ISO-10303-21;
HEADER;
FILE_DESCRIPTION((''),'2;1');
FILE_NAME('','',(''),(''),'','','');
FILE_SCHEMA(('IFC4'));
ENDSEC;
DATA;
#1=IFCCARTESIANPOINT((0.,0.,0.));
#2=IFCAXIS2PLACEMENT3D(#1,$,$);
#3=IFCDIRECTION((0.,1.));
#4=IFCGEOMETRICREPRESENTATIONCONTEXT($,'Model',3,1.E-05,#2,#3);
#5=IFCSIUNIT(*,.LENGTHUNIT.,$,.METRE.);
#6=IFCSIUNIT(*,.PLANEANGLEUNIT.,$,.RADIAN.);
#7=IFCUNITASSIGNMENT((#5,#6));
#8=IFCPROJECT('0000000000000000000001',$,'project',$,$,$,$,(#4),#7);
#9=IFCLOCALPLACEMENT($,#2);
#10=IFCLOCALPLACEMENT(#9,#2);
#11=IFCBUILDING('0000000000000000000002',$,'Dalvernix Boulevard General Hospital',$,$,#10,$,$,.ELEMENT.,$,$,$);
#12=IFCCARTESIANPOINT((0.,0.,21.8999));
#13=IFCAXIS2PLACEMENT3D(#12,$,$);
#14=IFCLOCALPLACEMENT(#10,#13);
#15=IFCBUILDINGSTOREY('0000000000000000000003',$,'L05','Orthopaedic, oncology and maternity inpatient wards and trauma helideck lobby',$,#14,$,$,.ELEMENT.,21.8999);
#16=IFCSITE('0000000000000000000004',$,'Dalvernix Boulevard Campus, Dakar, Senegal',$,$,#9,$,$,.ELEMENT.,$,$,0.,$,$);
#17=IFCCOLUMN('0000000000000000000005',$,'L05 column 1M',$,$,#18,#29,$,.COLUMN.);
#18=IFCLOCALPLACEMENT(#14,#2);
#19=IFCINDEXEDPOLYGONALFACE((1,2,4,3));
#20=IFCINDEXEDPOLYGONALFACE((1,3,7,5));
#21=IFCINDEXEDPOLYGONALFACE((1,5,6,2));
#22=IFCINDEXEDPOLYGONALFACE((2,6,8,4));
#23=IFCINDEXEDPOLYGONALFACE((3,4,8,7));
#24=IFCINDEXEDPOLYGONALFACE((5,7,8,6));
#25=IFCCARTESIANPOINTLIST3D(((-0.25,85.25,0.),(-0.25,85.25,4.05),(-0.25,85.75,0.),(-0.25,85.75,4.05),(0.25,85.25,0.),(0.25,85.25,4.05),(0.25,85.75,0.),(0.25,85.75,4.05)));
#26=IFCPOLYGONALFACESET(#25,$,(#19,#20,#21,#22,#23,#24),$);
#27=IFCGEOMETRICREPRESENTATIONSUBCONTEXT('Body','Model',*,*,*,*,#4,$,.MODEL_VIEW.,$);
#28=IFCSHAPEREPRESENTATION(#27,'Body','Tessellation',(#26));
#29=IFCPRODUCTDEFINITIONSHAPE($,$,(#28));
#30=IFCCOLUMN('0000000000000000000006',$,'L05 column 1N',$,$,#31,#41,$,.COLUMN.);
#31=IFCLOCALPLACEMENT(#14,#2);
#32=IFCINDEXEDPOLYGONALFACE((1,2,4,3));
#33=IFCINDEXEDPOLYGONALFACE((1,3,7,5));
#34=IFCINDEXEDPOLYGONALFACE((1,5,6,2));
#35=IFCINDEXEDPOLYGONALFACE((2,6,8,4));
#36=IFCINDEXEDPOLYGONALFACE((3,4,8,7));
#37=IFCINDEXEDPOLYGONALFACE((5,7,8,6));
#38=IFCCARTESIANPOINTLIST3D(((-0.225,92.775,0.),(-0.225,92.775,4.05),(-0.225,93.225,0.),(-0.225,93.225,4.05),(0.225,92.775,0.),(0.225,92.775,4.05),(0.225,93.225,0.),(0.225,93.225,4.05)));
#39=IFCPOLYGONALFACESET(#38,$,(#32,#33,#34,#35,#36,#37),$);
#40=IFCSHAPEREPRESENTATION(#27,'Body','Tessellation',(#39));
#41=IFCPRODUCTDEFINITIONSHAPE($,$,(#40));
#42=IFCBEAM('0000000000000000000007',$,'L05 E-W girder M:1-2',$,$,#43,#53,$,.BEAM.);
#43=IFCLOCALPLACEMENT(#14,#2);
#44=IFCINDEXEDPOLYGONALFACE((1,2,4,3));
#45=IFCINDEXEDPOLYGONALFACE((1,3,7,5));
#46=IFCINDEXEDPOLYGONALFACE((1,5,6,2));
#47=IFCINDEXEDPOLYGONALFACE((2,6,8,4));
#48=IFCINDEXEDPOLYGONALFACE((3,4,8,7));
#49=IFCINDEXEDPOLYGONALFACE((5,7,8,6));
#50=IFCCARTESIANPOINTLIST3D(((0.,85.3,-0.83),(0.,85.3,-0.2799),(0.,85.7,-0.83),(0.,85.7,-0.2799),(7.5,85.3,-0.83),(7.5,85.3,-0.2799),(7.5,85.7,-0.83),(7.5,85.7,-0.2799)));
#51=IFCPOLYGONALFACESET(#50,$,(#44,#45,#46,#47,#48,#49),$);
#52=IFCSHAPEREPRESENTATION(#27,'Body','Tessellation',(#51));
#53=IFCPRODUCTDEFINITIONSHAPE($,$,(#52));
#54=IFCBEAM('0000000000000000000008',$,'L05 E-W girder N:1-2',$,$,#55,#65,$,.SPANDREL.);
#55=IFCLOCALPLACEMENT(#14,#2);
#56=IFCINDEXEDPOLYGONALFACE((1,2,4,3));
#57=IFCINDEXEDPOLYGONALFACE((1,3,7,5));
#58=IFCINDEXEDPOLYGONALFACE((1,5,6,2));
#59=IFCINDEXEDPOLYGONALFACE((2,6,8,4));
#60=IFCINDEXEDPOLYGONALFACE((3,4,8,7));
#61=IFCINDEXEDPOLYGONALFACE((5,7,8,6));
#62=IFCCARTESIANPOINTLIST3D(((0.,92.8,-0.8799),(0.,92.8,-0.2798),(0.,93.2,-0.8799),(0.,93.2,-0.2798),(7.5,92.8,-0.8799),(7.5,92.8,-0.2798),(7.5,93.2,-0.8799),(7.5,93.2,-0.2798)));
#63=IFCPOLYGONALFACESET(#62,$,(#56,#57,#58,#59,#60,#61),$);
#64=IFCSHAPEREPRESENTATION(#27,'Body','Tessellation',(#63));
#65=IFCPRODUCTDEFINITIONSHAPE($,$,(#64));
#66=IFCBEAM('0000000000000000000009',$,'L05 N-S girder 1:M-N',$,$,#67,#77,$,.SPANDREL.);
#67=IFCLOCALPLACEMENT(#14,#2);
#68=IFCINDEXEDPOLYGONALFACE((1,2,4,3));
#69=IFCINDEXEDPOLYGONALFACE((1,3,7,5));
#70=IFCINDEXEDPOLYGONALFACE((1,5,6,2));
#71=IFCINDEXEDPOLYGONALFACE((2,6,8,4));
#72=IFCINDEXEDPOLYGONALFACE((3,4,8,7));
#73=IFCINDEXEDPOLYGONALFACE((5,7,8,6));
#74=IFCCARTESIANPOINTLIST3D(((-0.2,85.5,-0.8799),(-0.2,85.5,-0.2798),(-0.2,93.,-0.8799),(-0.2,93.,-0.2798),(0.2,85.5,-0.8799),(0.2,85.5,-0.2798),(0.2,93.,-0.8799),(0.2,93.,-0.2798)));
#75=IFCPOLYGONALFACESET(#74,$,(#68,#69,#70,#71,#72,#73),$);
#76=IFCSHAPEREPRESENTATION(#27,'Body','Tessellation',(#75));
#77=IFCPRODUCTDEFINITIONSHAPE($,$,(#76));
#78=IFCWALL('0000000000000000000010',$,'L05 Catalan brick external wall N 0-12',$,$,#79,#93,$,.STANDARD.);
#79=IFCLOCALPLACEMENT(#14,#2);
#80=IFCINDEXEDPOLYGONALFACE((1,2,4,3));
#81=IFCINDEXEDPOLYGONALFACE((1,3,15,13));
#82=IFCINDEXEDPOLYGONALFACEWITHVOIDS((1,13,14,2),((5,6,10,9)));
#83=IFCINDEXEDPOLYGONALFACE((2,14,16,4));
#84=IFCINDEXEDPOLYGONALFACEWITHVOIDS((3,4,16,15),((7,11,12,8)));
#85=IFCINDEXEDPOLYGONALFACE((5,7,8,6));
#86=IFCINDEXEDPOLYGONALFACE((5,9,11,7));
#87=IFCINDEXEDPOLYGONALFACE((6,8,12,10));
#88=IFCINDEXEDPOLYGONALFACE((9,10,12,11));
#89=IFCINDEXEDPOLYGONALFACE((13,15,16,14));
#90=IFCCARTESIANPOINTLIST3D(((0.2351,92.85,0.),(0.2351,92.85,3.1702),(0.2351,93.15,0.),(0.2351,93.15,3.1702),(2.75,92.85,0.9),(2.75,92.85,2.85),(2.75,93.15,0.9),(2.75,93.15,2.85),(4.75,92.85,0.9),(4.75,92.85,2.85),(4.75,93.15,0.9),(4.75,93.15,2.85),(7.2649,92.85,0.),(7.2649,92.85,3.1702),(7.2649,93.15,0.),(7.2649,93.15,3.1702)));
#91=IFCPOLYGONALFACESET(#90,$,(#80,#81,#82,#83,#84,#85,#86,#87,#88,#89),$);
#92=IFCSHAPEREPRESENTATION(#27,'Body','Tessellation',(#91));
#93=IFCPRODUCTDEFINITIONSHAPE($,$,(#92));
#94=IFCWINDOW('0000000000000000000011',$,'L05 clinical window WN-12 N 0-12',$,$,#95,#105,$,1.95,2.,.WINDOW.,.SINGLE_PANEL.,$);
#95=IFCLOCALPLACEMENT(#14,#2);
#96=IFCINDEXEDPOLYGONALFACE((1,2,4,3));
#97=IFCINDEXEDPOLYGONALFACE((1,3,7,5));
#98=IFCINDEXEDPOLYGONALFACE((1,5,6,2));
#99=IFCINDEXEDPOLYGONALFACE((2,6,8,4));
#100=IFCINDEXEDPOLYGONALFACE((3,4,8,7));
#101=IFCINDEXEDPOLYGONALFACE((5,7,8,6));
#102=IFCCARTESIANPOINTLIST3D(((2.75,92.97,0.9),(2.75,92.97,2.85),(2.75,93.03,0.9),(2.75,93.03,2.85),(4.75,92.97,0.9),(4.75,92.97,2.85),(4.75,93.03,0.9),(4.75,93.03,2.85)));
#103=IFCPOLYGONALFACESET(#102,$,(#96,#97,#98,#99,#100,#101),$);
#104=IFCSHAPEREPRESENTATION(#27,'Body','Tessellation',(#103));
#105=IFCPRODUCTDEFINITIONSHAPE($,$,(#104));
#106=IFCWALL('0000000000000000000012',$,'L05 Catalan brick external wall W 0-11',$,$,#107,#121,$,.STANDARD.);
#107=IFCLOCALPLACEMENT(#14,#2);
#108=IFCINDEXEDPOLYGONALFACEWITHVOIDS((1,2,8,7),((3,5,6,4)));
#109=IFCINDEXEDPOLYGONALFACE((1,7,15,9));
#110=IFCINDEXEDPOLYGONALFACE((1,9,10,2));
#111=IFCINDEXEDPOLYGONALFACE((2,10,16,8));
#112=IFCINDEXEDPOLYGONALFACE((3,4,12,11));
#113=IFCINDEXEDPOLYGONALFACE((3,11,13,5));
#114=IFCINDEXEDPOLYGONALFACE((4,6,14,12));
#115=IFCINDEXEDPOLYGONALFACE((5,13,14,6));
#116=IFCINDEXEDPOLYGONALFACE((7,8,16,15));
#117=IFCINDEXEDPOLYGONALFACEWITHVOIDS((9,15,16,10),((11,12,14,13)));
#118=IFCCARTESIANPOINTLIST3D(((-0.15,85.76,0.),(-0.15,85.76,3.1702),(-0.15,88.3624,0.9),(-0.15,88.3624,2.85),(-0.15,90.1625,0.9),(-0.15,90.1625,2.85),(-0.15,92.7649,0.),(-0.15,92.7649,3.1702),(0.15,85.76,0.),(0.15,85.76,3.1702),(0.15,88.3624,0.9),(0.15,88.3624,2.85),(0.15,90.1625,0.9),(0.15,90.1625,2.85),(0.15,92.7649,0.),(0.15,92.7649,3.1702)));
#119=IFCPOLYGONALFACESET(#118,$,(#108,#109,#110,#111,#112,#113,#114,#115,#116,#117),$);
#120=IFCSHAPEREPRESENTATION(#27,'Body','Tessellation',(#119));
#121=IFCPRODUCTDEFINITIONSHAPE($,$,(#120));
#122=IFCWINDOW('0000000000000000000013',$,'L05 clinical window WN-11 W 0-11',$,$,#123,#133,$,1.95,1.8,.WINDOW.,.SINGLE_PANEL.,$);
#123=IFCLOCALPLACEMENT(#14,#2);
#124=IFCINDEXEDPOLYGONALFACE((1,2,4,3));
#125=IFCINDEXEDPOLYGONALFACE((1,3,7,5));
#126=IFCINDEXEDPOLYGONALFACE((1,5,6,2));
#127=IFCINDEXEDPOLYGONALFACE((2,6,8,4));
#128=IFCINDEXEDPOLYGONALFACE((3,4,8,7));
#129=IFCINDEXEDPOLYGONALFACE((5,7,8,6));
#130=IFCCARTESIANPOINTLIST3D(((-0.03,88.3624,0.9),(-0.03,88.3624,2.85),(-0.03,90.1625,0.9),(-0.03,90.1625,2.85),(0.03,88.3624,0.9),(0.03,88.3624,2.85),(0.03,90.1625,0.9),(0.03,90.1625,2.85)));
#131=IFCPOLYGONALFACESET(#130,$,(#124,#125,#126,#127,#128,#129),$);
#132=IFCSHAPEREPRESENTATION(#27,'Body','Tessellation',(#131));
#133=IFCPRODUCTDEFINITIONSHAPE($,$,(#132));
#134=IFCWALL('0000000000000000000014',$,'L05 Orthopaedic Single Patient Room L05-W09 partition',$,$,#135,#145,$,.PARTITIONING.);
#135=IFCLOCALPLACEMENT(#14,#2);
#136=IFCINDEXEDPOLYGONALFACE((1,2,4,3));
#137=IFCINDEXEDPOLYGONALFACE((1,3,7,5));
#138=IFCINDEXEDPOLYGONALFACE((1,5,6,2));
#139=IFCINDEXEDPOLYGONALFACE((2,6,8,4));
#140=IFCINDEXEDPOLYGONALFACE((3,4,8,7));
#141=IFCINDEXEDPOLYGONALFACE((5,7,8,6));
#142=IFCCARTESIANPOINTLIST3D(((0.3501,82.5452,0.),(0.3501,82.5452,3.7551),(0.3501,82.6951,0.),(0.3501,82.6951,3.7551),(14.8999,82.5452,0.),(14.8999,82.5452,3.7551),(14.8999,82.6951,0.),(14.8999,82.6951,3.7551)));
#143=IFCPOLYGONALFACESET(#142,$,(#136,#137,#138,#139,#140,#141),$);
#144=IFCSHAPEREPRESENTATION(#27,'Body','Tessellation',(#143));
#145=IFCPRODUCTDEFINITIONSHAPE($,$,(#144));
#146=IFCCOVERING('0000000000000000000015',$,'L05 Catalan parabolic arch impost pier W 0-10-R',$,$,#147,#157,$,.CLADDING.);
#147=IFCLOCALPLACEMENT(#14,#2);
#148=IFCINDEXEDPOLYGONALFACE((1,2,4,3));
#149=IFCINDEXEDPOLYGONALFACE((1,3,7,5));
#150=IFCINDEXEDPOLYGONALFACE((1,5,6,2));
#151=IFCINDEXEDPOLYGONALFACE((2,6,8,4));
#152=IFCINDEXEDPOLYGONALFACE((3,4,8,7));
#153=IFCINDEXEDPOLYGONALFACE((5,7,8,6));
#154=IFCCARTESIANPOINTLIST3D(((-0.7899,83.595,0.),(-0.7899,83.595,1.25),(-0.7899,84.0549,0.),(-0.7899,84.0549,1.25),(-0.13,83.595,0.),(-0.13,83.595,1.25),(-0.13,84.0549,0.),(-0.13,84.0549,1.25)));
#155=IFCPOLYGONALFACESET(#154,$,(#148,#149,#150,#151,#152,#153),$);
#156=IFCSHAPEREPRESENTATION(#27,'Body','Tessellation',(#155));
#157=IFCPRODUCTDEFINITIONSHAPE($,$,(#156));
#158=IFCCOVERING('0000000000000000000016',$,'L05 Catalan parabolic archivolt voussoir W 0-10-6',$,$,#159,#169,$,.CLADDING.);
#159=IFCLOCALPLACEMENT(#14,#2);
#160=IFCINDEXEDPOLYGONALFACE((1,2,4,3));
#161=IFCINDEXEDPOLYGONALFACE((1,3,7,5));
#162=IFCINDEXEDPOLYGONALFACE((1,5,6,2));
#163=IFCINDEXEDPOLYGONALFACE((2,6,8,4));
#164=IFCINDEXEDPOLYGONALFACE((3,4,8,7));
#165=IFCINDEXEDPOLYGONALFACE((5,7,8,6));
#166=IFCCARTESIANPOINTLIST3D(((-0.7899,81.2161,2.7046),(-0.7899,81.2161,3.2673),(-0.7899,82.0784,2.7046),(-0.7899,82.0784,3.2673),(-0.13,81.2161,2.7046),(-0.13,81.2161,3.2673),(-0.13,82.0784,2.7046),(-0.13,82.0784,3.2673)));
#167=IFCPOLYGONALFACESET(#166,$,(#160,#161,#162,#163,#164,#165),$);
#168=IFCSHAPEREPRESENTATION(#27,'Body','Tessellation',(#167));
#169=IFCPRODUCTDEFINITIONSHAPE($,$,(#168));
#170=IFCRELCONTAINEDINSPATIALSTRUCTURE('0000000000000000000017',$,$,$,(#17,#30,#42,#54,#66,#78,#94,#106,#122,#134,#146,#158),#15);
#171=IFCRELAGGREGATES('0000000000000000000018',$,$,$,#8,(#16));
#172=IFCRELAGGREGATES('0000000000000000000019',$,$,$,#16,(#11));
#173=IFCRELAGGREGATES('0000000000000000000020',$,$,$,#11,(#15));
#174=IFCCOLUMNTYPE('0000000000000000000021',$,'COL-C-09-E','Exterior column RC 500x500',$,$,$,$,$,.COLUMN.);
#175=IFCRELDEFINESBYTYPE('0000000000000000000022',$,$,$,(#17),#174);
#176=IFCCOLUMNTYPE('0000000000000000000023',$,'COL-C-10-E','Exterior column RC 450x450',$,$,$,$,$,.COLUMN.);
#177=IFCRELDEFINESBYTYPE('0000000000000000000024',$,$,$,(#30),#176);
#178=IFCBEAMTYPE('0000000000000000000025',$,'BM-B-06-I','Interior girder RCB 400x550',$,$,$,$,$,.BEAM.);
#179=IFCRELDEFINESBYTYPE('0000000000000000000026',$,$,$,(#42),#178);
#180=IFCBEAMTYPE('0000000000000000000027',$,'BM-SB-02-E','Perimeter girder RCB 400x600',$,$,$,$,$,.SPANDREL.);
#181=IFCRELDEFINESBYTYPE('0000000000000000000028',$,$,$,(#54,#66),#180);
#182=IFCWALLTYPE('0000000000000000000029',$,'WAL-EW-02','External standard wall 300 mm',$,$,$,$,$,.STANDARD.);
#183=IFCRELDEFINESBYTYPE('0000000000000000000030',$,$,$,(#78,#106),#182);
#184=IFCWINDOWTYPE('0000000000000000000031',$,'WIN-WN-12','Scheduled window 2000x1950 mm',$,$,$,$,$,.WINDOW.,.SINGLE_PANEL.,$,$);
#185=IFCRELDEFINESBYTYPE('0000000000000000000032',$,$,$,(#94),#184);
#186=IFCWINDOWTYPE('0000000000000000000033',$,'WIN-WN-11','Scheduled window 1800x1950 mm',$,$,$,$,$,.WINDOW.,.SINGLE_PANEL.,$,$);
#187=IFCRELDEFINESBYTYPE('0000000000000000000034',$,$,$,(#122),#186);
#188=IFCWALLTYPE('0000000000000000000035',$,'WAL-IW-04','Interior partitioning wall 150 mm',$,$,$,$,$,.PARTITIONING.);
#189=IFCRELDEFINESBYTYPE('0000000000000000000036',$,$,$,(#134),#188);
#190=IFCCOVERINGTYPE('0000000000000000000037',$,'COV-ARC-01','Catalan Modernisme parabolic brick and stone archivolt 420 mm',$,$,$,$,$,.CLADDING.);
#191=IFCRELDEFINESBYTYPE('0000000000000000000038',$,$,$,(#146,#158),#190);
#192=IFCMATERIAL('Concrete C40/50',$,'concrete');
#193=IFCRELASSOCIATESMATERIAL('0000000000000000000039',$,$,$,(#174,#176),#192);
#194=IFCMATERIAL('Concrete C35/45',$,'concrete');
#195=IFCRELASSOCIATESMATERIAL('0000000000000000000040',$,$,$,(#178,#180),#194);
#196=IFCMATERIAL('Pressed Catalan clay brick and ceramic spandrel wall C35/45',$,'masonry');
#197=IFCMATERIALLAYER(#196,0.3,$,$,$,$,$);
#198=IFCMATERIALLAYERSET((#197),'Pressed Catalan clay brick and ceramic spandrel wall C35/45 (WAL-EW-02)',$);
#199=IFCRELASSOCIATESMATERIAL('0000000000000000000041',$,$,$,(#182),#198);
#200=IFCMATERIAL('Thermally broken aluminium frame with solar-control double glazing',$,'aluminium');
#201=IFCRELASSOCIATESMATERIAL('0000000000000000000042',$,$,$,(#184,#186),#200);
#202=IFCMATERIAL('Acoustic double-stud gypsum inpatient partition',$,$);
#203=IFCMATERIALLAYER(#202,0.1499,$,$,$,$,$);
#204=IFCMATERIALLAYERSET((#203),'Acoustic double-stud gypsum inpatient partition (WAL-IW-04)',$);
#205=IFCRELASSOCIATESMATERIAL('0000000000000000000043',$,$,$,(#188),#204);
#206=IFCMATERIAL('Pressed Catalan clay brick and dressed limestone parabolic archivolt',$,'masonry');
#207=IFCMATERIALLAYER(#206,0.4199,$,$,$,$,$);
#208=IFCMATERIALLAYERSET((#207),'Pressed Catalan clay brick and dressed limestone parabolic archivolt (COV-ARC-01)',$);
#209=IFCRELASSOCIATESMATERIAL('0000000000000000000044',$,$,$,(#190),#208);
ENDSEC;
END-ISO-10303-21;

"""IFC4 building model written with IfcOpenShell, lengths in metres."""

from ifc_helpers import new_model, si_unit, direction, frame, frame_2d, origin, origin_2d, place, context, subcontext, project, spatial, rectangle, extrude, material, layer, layer_set, material_profile, profile_set, type_object, element, fill, save


model = new_model("IFC4")

# Units and contexts
model_context = context("Model", 3, precision=1e-05, world=origin(), true_north=direction((0.0, 1.0)))
body_context = subcontext(model_context, "Body", "Model", "MODEL_VIEW")
ifc_project = project(units=[si_unit("LENGTHUNIT", "METRE"), si_unit("PLANEANGLEUNIT", "RADIAN")], contexts=[model_context])

# Site, building, storey
site_placement = place(None, origin())
site = spatial("IfcSite", under=ifc_project, at=site_placement, Name="Dalvernix Boulevard Campus, Dakar, Senegal", CompositionType="ELEMENT", RefElevation=0.0)
building_placement = place(site_placement, origin())
building = spatial("IfcBuilding", under=site, at=building_placement, Name="Dalvernix Boulevard General Hospital", CompositionType="ELEMENT")
storey_placement = place(building_placement, frame((0.0, 0.0, 21.8999)))
storey = spatial("IfcBuildingStorey", under=building, at=storey_placement, Name="L05", Description="Orthopaedic, oncology and maternity inpatient wards and trauma helideck lobby", CompositionType="ELEMENT", Elevation=21.8999)

# Columns
ifc_material_1 = material(Name="Concrete C40/50", Category="concrete")
ifc_material_profile_1 = material_profile(ifc_material_1, rectangle(XDim=0.5, YDim=0.5, at=origin_2d()), Name="RC 500x500")
ifc_profile_set_1 = profile_set([ifc_material_profile_1], Name="Concrete C40/50")
column_type_1 = type_object("IfcColumnType", Name="COL-C-09-E", Description="Exterior column RC 500x500", PredefinedType="COLUMN", material=ifc_profile_set_1)
column_1_placement = place(storey_placement, frame((0.0, 85.5, 0.0), z_axis=(0.0, 0.0, 1.0), x_axis=(1.0, 0.0, 0.0)))
element("IfcColumn", 1, at=column_1_placement, inside=storey, type_object=column_type_1, Name="L05 column 1M", PredefinedType="COLUMN", context=body_context, shape_type="SweptSolid", body=[
    extrude(rectangle(XDim=0.5, YDim=0.5, at=origin_2d()), origin(), (0.0, 0.0, 1.0), 4.05),
])
ifc_material_profile_2 = material_profile(ifc_material_1, rectangle(XDim=0.45, YDim=0.45, at=origin_2d()), Name="RC 450x450")
ifc_profile_set_2 = profile_set([ifc_material_profile_2], Name="Concrete C40/50")
column_type_2 = type_object("IfcColumnType", Name="COL-C-10-E", Description="Exterior column RC 450x450", PredefinedType="COLUMN", material=ifc_profile_set_2)
column_2_placement = place(storey_placement, frame((0.0, 93.0, 0.0), z_axis=(0.0, 0.0, 1.0), x_axis=(1.0, 0.0, 0.0)))
element("IfcColumn", 2, at=column_2_placement, inside=storey, type_object=column_type_2, Name="L05 column 1N", PredefinedType="COLUMN", context=body_context, shape_type="SweptSolid", body=[
    extrude(rectangle(XDim=0.45, YDim=0.45, at=origin_2d()), origin(), (0.0, 0.0, 1.0), 4.05),
])

# Beams
ifc_material_2 = material(Name="Concrete C35/45", Category="concrete")
ifc_material_profile_3 = material_profile(ifc_material_2, rectangle(XDim=0.3999, YDim=0.55, at=origin_2d()), Name="RCB 400x550")
ifc_profile_set_3 = profile_set([ifc_material_profile_3], Name="Concrete C35/45")
beam_type_1 = type_object("IfcBeamType", Name="BM-B-06-I", Description="Interior girder RCB 400x550", PredefinedType="BEAM", material=ifc_profile_set_3)
beam_placement = place(storey_placement, frame((0.0, 85.5, -0.5549), z_axis=(1.0, 0.0, 0.0), x_axis=(0.0, 1.0, 0.0)))
element("IfcBeam", 3, at=beam_placement, inside=storey, type_object=beam_type_1, Name="L05 E-W girder M:1-2", PredefinedType="BEAM", context=body_context, shape_type="SweptSolid", body=[
    extrude(rectangle(XDim=0.3999, YDim=0.55, at=origin_2d()), origin(), (0.0, 0.0, 1.0), 7.5),
])
ifc_material_profile_4 = material_profile(ifc_material_2, rectangle(XDim=0.3999, YDim=0.6001, at=origin_2d()), Name="RCB 400x600")
ifc_profile_set_4 = profile_set([ifc_material_profile_4], Name="Concrete C35/45")
beam_type_2 = type_object("IfcBeamType", Name="BM-SB-02-E", Description="Perimeter girder RCB 400x600", PredefinedType="SPANDREL", material=ifc_profile_set_4)
for number, where, z_axis, x_axis, name in (
    (4, (0.0, 93.0, -0.5798), (1.0, 0.0, 0.0), (0.0, 1.0, 0.0), "L05 E-W girder N:1-2"),
    (5, (0.0, 85.5, -0.5798), (0.0, 1.0, 0.0), (-1.0, 0.0, 0.0), "L05 N-S girder 1:M-N"),
):
    element("IfcBeam", number, at=place(storey_placement, frame(where, z_axis=z_axis, x_axis=x_axis)), inside=storey, type_object=beam_type_2, Name=name, PredefinedType="SPANDREL", context=body_context, shape_type="SweptSolid", body=[
        extrude(rectangle(XDim=0.3999, YDim=0.6001, at=origin_2d()), origin(), (0.0, 0.0, 1.0), 7.5),
    ])

# Walls, openings, windows
ifc_material_3 = material(Name="Pressed Catalan clay brick and ceramic spandrel wall C35/45", Category="masonry")
ifc_layer_1 = layer(ifc_material_3, 0.3)
ifc_layer_set_1 = layer_set([ifc_layer_1], Name="Pressed Catalan clay brick and ceramic spandrel wall C35/45 (WAL-EW-02)")
wall_type_1 = type_object("IfcWallType", Name="WAL-EW-02", Description="External standard wall 300 mm", PredefinedType="STANDARD", material=ifc_layer_set_1)
wall_1_placement = place(storey_placement, frame((0.2351, 93.0, 0.0), z_axis=(0.0, 0.0, 1.0), x_axis=(1.0, 0.0, 0.0)))
wall_1 = element("IfcWall", 6, at=wall_1_placement, inside=storey, type_object=wall_type_1, Name="L05 Catalan brick external wall N 0-12", PredefinedType="STANDARD", context=body_context, shape_type="SweptSolid", body=[
    extrude(rectangle(XDim=7.0298, YDim=0.3, at=frame_2d((3.5149, 0.0))), origin(), (0.0, 0.0, 1.0), 3.1702),
])
opening_1_placement = place(wall_1_placement, frame((2.5149, 0.0, 0.8999)))
opening_1 = element("IfcOpeningElement", 7, at=opening_1_placement, cuts=wall_1, PredefinedType="OPENING", context=body_context, shape_type="SweptSolid", body=[
    extrude(rectangle(XDim=2.0, YDim=1.95, at=frame_2d((1.0, 0.9751))), frame((0.0, 0.1599, 0.0), z_axis=(0.0, -1.0, 0.0), x_axis=(1.0, 0.0, 0.0)), (0.0, 0.0, 1.0), 0.3201),
])
ifc_material_4 = material(Name="Thermally broken aluminium frame with solar-control double glazing", Category="aluminium")
window_type_1 = type_object("IfcWindowType", Name="WIN-WN-12", Description="Scheduled window 2000x1950 mm", PartitioningType="SINGLE_PANEL", PredefinedType="WINDOW", material=ifc_material_4)
window_1_placement = place(opening_1_placement, origin())
window_1 = element("IfcWindow", 8, at=window_1_placement, inside=storey, type_object=window_type_1, Name="L05 clinical window WN-12 N 0-12", OverallHeight=1.95, OverallWidth=2.0, PartitioningType="SINGLE_PANEL", PredefinedType="WINDOW", context=body_context, shape_type="SweptSolid", body=[
    extrude(rectangle(XDim=2.0, YDim=1.95, at=frame_2d((1.0, 0.9751))), frame((0.0, 0.03, 0.0), z_axis=(0.0, -1.0, 0.0), x_axis=(1.0, 0.0, 0.0)), (0.0, 0.0, 1.0), 0.0601),
])
fill(opening_1, window_1)
wall_2_placement = place(storey_placement, frame((0.0, 85.76, 0.0), z_axis=(0.0, 0.0, 1.0), x_axis=(0.0, 1.0, 0.0)))
wall_2 = element("IfcWall", 9, at=wall_2_placement, inside=storey, type_object=wall_type_1, Name="L05 Catalan brick external wall W 0-11", PredefinedType="STANDARD", context=body_context, shape_type="SweptSolid", body=[
    extrude(rectangle(XDim=7.0049, YDim=0.3, at=frame_2d((3.5024, 0.0))), origin(), (0.0, 0.0, 1.0), 3.1702),
])
opening_2_placement = place(wall_2_placement, frame((2.6025, 0.0, 0.8999)))
opening_2 = element("IfcOpeningElement", 10, at=opening_2_placement, cuts=wall_2, PredefinedType="OPENING", context=body_context, shape_type="SweptSolid", body=[
    extrude(rectangle(XDim=1.8, YDim=1.95, at=frame_2d((0.8999, 0.9751))), frame((0.0, 0.1599, 0.0), z_axis=(0.0, -1.0, 0.0), x_axis=(1.0, 0.0, 0.0)), (0.0, 0.0, 1.0), 0.3201),
])
window_type_2 = type_object("IfcWindowType", Name="WIN-WN-11", Description="Scheduled window 1800x1950 mm", PartitioningType="SINGLE_PANEL", PredefinedType="WINDOW", material=ifc_material_4)
window_2_placement = place(opening_2_placement, origin())
window_2 = element("IfcWindow", 11, at=window_2_placement, inside=storey, type_object=window_type_2, Name="L05 clinical window WN-11 W 0-11", OverallHeight=1.95, OverallWidth=1.8, PartitioningType="SINGLE_PANEL", PredefinedType="WINDOW", context=body_context, shape_type="SweptSolid", body=[
    extrude(rectangle(XDim=1.8, YDim=1.95, at=frame_2d((0.8999, 0.9751))), frame((0.0, 0.03, 0.0), z_axis=(0.0, -1.0, 0.0), x_axis=(1.0, 0.0, 0.0)), (0.0, 0.0, 1.0), 0.0601),
])
fill(opening_2, window_2)

# Wall
ifc_material_5 = material(Name="Acoustic double-stud gypsum inpatient partition")
ifc_layer_2 = layer(ifc_material_5, 0.1499)
ifc_layer_set_2 = layer_set([ifc_layer_2], Name="Acoustic double-stud gypsum inpatient partition (WAL-IW-04)")
wall_type_2 = type_object("IfcWallType", Name="WAL-IW-04", Description="Interior partitioning wall 150 mm", PredefinedType="PARTITIONING", material=ifc_layer_set_2)
wall_3_placement = place(storey_placement, frame((0.3501, 82.6201, 0.0), z_axis=(0.0, 0.0, 1.0), x_axis=(1.0, 0.0, 0.0)))
element("IfcWall", 12, at=wall_3_placement, inside=storey, type_object=wall_type_2, Name="L05 Orthopaedic Single Patient Room L05-W09 partition", PredefinedType="PARTITIONING", context=body_context, shape_type="SweptSolid", body=[
    extrude(rectangle(XDim=14.5498, YDim=0.1499, at=frame_2d((7.2749, 0.0))), origin(), (0.0, 0.0, 1.0), 3.7551),
])

# Coverings
ifc_material_6 = material(Name="Pressed Catalan clay brick and dressed limestone parabolic archivolt", Category="masonry")
ifc_layer_3 = layer(ifc_material_6, 0.4199)
ifc_layer_set_3 = layer_set([ifc_layer_3], Name="Pressed Catalan clay brick and dressed limestone parabolic archivolt (COV-ARC-01)")
covering_type_1 = type_object("IfcCoveringType", Name="COV-ARC-01", Description="Catalan Modernisme parabolic brick and stone archivolt 420 mm", PredefinedType="CLADDING", material=ifc_layer_set_3)
covering_1_placement = place(storey_placement, frame((-0.46, 83.825, 0.0), z_axis=(0.0, 0.0, 1.0), x_axis=(0.0, 1.0, 0.0)))
element("IfcCovering", 13, at=covering_1_placement, inside=storey, type_object=covering_type_1, Name="L05 Catalan parabolic arch impost pier W 0-10-R", PredefinedType="CLADDING", context=body_context, shape_type="SweptSolid", body=[
    extrude(rectangle(XDim=0.46, YDim=0.6599, at=origin_2d()), origin(), (0.0, 0.0, 1.0), 1.25),
])
covering_2_placement = place(storey_placement, frame((-0.46, 81.6472, 2.7046), z_axis=(0.0, 0.0, 1.0), x_axis=(0.0, 1.0, 0.0)))
element("IfcCovering", 14, at=covering_2_placement, inside=storey, type_object=covering_type_1, Name="L05 Catalan parabolic archivolt voussoir W 0-10-6", PredefinedType="CLADDING", context=body_context, shape_type="SweptSolid", body=[
    extrude(rectangle(XDim=0.8623, YDim=0.6599, at=origin_2d()), origin(), (0.0, 0.0, 1.0), 0.5627),
])

save(model, "model.ifc")
